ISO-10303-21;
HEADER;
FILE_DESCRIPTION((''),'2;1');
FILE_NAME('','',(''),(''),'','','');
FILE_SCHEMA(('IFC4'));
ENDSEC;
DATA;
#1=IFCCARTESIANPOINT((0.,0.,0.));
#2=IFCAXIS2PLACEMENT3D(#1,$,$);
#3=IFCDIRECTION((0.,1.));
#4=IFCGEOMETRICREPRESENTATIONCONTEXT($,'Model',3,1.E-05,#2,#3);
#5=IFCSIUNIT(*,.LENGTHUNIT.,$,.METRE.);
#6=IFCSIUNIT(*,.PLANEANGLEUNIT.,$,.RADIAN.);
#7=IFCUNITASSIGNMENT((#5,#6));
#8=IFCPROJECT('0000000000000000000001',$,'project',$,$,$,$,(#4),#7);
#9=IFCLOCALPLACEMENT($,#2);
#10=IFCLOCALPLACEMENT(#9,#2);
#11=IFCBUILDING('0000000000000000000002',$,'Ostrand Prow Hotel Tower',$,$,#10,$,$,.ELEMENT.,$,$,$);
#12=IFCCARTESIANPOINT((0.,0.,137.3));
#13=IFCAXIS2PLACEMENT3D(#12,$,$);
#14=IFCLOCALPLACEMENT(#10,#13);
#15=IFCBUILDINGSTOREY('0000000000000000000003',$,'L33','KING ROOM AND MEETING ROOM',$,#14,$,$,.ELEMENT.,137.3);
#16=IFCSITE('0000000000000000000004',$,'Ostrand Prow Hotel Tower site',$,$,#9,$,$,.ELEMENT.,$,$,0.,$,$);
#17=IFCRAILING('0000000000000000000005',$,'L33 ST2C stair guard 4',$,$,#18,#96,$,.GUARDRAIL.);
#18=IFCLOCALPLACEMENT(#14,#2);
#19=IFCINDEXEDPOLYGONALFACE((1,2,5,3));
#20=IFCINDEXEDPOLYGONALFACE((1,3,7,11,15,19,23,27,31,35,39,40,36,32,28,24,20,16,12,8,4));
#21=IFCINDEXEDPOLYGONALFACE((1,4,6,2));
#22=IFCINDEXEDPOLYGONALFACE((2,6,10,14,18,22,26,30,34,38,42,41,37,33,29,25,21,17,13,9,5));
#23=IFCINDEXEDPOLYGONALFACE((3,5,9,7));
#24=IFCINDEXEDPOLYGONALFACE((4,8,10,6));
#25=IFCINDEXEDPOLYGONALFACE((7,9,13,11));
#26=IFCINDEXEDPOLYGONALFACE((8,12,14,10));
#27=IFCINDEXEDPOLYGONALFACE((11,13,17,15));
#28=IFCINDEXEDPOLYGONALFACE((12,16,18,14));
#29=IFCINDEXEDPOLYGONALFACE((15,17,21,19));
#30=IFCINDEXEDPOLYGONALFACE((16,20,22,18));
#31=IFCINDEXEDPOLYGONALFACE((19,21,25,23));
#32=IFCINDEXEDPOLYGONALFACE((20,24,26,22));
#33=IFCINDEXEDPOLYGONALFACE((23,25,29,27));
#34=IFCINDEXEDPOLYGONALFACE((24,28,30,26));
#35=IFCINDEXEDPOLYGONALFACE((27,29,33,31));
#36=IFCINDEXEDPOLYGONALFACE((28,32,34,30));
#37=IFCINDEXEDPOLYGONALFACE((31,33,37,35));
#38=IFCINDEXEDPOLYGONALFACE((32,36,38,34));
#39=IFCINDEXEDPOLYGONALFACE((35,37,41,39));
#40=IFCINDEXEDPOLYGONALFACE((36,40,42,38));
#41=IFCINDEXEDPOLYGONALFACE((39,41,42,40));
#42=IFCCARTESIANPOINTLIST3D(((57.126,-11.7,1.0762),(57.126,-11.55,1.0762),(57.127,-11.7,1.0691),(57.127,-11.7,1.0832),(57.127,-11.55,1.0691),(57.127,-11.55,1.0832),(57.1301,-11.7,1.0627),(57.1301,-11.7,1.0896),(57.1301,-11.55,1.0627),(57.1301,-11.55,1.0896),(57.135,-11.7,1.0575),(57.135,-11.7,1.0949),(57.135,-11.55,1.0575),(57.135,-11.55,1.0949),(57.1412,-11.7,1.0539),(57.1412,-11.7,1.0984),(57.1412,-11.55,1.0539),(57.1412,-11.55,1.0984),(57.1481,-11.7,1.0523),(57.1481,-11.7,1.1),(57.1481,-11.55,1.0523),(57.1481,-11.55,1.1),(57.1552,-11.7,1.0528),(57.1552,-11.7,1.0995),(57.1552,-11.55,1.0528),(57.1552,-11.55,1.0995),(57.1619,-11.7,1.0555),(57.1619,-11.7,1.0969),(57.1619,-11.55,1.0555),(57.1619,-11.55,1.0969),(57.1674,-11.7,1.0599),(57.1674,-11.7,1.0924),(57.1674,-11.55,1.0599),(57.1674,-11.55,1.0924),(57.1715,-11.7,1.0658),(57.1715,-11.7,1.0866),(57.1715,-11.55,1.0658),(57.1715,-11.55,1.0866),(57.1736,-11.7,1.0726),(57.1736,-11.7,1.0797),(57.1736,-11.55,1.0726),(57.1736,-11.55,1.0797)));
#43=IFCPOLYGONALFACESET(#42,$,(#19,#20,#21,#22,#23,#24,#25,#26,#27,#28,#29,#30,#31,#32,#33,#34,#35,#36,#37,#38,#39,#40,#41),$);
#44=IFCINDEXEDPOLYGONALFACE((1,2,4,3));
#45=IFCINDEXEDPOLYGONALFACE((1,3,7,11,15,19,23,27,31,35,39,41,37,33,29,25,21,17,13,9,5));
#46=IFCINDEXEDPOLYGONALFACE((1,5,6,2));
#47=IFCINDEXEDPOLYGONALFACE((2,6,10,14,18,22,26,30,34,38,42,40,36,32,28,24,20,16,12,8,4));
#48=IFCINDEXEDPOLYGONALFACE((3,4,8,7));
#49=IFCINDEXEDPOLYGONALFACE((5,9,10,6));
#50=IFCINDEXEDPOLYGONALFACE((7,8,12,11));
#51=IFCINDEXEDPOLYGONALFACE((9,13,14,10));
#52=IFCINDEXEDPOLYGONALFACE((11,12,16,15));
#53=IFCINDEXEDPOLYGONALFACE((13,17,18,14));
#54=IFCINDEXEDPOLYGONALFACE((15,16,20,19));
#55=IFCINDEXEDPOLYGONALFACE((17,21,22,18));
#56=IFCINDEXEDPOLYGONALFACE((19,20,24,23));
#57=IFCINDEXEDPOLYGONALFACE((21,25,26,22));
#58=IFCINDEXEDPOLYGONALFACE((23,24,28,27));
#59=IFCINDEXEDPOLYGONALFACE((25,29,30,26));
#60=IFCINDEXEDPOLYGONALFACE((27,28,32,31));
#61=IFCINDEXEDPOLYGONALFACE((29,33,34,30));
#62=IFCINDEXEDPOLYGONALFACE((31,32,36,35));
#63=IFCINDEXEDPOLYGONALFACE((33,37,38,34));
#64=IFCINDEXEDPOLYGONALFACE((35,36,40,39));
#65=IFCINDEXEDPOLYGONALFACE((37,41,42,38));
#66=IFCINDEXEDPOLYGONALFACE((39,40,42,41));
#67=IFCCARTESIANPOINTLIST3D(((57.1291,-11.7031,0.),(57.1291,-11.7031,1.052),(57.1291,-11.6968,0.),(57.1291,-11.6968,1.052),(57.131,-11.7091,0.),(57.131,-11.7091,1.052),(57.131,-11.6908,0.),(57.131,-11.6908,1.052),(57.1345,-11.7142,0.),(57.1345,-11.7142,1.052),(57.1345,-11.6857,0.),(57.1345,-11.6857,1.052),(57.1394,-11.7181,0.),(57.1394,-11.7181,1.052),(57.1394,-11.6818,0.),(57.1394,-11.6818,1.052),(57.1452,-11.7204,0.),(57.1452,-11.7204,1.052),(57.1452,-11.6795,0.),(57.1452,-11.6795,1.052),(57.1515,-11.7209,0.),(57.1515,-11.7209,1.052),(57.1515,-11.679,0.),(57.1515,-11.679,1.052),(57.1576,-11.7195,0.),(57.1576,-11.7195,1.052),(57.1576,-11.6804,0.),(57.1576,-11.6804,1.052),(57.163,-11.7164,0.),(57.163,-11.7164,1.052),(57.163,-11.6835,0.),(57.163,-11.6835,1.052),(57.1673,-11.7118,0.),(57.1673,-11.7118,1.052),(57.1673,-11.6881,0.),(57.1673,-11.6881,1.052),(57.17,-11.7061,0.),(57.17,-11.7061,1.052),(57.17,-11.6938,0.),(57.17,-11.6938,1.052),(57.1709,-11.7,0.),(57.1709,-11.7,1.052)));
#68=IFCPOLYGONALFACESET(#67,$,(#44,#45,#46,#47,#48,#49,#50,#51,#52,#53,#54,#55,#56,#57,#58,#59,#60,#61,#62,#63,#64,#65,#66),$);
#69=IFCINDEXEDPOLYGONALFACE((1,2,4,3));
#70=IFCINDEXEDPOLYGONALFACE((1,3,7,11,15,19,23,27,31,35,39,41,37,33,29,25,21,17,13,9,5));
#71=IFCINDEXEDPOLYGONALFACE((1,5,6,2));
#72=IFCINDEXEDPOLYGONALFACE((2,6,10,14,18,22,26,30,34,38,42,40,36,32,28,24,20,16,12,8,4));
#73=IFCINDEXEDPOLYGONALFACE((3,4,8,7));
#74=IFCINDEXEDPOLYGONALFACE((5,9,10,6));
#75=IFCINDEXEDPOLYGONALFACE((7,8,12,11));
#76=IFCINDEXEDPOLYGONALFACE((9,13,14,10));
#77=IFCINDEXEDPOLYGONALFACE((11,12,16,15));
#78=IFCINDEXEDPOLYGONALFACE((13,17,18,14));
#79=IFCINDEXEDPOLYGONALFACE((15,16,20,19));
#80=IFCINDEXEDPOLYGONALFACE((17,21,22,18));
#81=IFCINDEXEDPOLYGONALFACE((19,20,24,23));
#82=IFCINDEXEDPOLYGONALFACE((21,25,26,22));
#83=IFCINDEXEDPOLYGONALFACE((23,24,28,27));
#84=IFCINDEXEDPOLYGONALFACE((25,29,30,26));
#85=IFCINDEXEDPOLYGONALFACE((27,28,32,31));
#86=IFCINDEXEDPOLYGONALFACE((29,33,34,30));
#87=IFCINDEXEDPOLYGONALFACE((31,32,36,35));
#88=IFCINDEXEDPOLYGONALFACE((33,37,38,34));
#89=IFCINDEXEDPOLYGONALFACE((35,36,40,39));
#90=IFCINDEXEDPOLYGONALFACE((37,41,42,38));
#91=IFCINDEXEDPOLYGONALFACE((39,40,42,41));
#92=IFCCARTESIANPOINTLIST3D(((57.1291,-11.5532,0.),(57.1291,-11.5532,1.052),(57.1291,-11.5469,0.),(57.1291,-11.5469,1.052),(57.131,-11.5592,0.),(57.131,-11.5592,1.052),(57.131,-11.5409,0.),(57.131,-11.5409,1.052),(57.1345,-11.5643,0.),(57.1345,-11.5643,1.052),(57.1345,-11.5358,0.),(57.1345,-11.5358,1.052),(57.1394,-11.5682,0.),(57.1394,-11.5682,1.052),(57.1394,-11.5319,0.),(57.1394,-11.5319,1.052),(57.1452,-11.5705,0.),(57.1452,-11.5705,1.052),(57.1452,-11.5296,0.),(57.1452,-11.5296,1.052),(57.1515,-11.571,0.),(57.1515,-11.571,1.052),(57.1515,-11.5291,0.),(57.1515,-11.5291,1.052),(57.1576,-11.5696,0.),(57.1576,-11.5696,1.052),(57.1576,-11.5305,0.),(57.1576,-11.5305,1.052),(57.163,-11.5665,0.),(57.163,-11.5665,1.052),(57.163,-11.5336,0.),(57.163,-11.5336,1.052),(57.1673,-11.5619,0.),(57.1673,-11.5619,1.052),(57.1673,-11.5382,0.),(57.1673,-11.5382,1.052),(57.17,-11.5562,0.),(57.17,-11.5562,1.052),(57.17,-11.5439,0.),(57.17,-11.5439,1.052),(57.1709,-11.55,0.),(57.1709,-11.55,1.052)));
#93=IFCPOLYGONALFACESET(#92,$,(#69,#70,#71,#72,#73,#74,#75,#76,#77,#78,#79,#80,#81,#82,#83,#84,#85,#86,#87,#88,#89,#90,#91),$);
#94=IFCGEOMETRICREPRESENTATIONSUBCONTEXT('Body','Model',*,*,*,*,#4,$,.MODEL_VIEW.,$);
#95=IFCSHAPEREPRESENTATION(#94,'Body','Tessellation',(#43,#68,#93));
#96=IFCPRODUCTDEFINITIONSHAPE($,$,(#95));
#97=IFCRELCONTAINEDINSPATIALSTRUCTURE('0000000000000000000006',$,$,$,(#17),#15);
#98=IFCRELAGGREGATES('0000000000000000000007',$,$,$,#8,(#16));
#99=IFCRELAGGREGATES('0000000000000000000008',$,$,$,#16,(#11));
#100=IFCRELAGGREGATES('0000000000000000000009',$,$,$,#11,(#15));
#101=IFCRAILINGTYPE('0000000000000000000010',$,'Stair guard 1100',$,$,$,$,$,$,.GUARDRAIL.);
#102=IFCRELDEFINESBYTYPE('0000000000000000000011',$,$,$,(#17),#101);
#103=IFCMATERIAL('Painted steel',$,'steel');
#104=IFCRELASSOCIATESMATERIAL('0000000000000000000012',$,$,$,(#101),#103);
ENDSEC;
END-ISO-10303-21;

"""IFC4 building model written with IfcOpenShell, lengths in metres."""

from ifc_helpers import new_model, si_unit, direction, frame, origin, origin_2d, place, context, subcontext, project, spatial, circle, extrude, material, type_object, element, save


model = new_model("IFC4")

# Units and contexts
model_context = context("Model", 3, precision=1e-05, world=origin(), true_north=direction((0.0, 1.0)))
body_context = subcontext(model_context, "Body", "Model", "MODEL_VIEW")
ifc_project = project(units=[si_unit("LENGTHUNIT", "METRE"), si_unit("PLANEANGLEUNIT", "RADIAN")], contexts=[model_context])

# Site, building, storey
site_placement = place(None, origin())
site = spatial("IfcSite", under=ifc_project, at=site_placement, Name="Ostrand Prow Hotel Tower site", CompositionType="ELEMENT", RefElevation=0.0)
building_placement = place(site_placement, origin())
building = spatial("IfcBuilding", under=site, at=building_placement, Name="Ostrand Prow Hotel Tower", CompositionType="ELEMENT")
storey_placement = place(building_placement, frame((0.0, 0.0, 137.3)))
storey = spatial("IfcBuildingStorey", under=building, at=storey_placement, Name="L33", Description="KING ROOM AND MEETING ROOM", CompositionType="ELEMENT", Elevation=137.3)

# Railing
ifc_material_1 = material(Name="Painted steel", Category="steel")
railing_type_1 = type_object("IfcRailingType", Name="Stair guard 1100", PredefinedType="GUARDRAIL", material=ifc_material_1)
railing_1_placement = place(storey_placement, frame((57.1499, -11.7, 0.0)))
element("IfcRailing", 1, at=railing_1_placement, inside=storey, type_object=railing_type_1, Name="L33 ST2C stair guard 4", PredefinedType="GUARDRAIL", context=body_context, shape_type="SweptSolid", body=[
    extrude(circle(Radius=0.0239, at=origin_2d()), frame((0.0, 0.0, 1.0762), z_axis=(0.0, 1.0, 0.0), x_axis=(-1.0, 0.0, 0.0)), (0.0, 0.0, 1.0), 0.1499),
    extrude(circle(Radius=0.021, at=origin_2d()), origin(), (0.0, 0.0, 1.0), 1.052),
    extrude(circle(Radius=0.021, at=origin_2d()), frame((0.0, 0.1499, 0.0)), (0.0, 0.0, 1.0), 1.052),
])

save(model, "model.ifc")
